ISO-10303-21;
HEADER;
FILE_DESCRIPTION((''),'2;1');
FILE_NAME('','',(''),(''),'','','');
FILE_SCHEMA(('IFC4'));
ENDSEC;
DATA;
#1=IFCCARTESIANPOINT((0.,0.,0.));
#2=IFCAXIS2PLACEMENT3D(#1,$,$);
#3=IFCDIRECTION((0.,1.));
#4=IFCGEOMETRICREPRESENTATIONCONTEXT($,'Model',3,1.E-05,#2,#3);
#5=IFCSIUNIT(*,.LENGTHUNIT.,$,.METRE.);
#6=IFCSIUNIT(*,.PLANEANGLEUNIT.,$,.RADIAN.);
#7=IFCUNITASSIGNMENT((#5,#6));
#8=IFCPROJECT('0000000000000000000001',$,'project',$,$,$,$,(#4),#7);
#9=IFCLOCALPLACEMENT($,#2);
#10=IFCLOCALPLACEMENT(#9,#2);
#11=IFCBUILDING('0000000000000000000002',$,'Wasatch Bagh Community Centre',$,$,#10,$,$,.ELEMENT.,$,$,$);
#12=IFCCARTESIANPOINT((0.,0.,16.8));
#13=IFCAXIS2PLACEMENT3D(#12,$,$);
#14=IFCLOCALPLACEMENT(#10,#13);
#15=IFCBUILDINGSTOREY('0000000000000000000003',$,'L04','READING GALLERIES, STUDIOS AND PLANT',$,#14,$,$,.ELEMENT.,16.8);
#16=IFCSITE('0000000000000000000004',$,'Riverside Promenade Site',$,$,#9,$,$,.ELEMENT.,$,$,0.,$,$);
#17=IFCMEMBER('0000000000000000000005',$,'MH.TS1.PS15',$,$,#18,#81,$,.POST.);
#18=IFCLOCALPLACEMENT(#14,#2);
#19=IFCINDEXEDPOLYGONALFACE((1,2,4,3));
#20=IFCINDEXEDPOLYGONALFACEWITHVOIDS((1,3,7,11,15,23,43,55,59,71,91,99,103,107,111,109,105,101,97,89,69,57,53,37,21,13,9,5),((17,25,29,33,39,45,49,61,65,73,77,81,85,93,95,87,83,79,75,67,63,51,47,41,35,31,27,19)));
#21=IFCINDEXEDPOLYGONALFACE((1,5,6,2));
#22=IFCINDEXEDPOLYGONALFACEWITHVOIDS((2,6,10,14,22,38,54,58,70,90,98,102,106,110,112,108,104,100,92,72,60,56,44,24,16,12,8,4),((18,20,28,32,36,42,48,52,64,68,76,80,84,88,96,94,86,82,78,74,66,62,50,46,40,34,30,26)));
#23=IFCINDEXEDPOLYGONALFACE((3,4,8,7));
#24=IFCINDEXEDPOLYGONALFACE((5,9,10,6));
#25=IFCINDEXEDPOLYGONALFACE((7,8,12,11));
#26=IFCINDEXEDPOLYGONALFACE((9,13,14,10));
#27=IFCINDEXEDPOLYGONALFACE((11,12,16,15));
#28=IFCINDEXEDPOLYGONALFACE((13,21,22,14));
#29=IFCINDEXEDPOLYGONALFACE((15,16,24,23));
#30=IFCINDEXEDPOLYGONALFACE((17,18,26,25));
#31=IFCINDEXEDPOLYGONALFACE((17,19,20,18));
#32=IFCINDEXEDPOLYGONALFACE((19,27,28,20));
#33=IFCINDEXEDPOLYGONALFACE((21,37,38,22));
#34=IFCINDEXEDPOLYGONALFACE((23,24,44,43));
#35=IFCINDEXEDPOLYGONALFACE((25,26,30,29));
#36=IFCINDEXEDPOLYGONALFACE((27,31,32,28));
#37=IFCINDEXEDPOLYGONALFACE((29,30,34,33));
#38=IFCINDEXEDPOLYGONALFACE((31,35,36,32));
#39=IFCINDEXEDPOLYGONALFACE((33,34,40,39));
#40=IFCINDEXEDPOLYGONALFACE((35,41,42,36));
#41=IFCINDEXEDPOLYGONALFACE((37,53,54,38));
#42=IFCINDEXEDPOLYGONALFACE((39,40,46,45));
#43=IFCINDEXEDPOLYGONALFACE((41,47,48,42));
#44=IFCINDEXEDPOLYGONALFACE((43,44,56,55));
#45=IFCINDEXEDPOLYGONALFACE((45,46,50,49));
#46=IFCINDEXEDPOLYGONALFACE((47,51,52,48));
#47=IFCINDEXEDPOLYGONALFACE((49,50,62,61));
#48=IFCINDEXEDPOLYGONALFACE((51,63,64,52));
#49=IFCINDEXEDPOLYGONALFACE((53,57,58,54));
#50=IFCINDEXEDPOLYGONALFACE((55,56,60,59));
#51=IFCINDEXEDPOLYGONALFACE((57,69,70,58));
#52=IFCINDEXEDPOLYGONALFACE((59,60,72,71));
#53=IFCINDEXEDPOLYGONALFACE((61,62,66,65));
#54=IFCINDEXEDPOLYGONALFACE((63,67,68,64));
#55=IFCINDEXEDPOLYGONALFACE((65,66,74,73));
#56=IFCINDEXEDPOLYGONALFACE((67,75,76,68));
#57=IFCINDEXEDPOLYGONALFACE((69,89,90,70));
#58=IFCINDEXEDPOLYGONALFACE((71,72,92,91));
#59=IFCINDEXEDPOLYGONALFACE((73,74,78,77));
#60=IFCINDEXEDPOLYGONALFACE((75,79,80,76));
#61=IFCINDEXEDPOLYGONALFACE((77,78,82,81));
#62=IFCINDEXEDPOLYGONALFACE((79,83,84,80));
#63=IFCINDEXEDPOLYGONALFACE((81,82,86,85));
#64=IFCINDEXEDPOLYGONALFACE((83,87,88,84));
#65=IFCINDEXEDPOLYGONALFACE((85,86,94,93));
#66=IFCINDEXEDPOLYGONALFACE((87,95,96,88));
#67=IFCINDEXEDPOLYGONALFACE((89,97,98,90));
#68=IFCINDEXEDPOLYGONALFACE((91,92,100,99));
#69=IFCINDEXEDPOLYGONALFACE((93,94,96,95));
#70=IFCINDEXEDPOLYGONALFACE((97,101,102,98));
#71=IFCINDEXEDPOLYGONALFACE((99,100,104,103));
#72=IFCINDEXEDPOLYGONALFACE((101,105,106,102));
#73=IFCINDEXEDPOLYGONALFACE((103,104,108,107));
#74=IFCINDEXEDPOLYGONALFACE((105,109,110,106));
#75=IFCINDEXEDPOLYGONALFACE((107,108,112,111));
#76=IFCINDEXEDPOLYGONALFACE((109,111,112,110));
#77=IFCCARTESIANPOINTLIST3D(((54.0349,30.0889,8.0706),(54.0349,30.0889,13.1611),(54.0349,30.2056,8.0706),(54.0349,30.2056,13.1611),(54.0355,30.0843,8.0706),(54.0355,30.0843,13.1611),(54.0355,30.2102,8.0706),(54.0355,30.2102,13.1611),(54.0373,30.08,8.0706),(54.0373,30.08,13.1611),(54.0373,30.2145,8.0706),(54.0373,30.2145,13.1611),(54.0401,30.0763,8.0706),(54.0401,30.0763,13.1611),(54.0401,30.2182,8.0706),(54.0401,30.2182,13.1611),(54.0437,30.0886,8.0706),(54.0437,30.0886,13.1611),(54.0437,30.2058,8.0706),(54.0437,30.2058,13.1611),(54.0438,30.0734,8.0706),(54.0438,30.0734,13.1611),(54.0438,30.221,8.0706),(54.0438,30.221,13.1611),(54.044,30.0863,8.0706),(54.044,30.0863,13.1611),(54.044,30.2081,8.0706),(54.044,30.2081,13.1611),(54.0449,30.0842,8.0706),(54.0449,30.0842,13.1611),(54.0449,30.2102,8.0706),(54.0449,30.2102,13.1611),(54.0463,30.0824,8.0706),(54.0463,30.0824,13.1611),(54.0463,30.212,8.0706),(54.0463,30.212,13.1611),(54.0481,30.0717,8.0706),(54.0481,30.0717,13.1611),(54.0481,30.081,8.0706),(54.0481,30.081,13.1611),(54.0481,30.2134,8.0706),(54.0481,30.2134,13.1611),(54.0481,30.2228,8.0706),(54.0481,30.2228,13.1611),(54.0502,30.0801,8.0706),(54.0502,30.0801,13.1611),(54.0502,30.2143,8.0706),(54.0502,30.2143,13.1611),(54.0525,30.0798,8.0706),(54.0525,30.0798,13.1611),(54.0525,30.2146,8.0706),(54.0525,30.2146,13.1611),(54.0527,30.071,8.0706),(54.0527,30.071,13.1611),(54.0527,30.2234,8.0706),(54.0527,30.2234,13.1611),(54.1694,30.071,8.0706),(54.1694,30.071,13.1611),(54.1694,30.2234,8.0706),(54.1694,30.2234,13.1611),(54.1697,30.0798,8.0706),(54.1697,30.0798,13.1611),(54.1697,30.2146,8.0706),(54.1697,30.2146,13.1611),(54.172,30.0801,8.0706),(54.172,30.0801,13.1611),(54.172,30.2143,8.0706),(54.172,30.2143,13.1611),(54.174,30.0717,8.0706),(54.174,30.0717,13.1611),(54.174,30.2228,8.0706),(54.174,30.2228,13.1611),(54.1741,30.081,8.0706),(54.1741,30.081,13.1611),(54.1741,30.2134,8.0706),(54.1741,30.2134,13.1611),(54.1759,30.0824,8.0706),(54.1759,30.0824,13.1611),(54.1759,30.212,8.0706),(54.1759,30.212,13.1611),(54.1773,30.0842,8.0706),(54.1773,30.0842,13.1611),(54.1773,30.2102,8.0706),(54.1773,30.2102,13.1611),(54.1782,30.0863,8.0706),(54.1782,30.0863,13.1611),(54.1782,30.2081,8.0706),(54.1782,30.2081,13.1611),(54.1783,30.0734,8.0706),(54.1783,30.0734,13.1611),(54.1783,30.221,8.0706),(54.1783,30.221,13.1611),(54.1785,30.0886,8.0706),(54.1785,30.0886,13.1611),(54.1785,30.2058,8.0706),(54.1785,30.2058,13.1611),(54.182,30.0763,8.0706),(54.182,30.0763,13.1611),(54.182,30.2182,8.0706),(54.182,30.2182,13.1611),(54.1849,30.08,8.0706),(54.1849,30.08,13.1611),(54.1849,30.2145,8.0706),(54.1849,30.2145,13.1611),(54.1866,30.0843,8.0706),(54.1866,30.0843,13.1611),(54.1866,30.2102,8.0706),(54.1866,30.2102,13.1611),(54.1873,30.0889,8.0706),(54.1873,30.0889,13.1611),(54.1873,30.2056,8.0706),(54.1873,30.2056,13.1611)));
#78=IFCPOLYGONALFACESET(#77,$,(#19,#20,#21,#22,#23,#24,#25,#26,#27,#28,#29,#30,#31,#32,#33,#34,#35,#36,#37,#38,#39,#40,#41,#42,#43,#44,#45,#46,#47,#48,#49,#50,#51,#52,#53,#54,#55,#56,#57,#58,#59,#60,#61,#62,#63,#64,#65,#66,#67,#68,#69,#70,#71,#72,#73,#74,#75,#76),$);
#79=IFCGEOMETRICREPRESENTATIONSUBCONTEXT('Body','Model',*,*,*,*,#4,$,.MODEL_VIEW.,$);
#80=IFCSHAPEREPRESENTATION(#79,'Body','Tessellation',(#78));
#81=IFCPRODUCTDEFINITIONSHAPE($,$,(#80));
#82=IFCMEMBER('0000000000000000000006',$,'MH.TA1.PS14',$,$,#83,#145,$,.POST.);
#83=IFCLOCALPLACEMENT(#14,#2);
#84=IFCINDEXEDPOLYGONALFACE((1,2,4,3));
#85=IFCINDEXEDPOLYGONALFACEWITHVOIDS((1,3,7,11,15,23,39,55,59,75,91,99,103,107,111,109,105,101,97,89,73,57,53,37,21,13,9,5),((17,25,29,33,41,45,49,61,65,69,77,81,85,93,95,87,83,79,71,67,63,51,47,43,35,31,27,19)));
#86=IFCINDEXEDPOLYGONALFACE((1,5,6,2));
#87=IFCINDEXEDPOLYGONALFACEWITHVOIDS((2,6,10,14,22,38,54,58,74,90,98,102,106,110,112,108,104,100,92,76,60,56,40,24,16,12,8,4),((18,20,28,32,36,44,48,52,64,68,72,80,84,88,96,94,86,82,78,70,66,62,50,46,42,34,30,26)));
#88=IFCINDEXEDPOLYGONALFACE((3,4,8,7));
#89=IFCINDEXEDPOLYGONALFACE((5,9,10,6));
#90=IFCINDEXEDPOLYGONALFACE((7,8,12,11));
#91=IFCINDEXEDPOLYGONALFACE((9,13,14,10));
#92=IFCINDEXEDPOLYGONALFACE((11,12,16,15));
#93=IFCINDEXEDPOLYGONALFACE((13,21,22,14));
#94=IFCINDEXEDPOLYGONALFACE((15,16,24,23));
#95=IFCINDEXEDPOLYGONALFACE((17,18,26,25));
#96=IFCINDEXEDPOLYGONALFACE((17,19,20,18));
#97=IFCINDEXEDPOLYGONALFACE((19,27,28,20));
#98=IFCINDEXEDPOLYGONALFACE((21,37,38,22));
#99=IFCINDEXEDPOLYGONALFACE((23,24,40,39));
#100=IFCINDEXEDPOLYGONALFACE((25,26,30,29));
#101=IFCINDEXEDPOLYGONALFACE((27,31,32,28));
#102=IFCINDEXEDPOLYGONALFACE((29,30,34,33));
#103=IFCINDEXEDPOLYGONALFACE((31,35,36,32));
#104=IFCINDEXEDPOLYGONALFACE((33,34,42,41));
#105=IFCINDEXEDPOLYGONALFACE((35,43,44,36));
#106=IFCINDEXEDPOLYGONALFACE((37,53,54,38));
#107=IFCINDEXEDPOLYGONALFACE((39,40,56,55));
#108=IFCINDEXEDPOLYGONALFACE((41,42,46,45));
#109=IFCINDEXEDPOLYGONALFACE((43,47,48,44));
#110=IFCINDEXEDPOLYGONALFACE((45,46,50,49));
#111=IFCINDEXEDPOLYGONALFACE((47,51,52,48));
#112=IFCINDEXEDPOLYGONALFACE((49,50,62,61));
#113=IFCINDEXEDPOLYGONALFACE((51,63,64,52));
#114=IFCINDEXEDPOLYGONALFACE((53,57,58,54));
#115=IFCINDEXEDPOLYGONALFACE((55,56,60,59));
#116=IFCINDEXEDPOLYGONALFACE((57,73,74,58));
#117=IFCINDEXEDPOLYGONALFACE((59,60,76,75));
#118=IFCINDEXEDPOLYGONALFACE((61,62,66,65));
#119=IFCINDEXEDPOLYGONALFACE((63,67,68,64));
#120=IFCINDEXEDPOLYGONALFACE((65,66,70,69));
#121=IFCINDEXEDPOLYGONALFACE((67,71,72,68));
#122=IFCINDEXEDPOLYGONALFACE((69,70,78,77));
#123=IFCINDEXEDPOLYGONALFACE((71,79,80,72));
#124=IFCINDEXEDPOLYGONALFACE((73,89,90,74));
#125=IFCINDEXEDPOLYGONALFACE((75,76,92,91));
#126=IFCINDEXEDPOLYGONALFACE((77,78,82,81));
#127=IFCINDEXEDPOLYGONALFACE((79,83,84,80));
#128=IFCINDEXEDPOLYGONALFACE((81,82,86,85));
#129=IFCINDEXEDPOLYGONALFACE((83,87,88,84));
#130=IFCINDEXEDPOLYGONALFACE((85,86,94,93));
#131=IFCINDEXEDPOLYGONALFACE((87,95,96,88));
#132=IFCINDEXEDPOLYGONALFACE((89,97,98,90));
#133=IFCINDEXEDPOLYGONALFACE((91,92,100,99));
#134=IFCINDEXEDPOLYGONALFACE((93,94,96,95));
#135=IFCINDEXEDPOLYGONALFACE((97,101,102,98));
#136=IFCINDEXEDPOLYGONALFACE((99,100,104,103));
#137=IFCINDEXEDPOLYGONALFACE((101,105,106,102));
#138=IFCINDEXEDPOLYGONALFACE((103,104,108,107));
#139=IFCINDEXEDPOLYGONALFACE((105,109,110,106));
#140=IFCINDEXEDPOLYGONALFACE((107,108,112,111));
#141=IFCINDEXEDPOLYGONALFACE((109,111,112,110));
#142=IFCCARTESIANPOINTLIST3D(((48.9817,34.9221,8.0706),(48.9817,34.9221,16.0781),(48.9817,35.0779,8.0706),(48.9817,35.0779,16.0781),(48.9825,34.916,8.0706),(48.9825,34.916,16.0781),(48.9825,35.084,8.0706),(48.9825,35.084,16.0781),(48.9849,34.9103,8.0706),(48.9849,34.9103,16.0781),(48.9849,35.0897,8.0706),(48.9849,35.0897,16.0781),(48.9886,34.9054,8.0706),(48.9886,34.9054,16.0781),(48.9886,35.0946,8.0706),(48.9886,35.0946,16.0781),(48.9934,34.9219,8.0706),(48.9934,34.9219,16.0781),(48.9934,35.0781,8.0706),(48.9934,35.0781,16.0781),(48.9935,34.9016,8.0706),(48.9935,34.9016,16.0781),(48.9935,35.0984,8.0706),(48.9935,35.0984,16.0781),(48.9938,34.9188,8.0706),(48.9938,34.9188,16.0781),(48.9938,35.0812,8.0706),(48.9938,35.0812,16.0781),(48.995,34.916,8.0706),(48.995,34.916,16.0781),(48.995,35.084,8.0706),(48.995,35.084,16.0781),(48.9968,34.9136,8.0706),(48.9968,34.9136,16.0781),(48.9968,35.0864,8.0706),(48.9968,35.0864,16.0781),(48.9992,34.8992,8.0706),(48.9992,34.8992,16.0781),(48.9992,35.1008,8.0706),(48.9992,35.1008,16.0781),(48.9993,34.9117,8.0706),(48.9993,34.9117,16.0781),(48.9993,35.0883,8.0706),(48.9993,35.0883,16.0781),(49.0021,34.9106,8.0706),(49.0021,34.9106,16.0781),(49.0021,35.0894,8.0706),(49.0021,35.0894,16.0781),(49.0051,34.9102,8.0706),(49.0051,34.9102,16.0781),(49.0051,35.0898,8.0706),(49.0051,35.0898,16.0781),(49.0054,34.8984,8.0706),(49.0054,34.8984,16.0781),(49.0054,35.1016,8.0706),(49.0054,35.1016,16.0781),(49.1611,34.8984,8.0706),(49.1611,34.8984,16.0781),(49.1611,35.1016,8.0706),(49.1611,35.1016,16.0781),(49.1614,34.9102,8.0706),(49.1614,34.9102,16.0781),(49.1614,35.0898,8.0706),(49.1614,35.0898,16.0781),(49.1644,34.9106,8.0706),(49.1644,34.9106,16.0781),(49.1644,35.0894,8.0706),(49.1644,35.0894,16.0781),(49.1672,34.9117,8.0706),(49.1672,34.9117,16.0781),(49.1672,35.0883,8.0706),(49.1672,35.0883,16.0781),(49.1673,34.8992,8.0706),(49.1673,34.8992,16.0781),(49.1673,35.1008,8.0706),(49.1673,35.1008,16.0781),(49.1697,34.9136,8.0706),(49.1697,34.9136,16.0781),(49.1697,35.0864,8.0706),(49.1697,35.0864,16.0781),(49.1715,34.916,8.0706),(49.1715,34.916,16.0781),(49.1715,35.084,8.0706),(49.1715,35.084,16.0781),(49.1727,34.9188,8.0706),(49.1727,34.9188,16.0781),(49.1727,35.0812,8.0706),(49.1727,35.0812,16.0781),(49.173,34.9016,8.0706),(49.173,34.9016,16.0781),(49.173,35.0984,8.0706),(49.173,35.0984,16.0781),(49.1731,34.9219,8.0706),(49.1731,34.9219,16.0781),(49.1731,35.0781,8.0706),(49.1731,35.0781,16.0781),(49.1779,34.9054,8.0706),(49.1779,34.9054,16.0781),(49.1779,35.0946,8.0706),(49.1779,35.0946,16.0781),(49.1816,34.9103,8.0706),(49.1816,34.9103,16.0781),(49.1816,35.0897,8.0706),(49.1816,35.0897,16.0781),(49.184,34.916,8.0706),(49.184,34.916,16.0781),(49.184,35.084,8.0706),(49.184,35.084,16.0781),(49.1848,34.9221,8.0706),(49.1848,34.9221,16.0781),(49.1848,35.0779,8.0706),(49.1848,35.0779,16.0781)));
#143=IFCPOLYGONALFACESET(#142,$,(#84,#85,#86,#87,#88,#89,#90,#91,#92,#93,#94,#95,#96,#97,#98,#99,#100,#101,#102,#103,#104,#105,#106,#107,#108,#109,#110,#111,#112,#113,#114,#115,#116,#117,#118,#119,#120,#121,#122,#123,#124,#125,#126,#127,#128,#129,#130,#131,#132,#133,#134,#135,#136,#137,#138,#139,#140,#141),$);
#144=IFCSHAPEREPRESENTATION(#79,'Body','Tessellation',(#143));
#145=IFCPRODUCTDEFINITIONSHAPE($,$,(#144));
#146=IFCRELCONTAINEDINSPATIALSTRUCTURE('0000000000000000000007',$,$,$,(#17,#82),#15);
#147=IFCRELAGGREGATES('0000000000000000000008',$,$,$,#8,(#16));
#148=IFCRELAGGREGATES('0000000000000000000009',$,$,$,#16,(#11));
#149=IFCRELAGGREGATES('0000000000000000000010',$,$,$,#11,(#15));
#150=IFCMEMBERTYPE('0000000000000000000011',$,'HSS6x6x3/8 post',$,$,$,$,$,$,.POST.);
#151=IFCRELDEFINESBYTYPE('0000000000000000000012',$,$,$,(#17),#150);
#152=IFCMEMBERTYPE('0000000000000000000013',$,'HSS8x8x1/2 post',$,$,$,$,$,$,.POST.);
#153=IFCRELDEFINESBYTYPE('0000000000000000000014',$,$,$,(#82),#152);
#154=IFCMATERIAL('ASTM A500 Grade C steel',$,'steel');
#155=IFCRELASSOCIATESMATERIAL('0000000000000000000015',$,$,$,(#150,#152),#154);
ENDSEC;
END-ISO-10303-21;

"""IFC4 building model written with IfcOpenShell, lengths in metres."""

from ifc_helpers import new_model, si_unit, direction, frame, origin, origin_2d, place, context, subcontext, project, spatial, hollow_rectangle, extrude, material, material_profile, profile_set, type_object, element, save


model = new_model("IFC4")

# Units and contexts
model_context = context("Model", 3, precision=1e-05, world=origin(), true_north=direction((0.0, 1.0)))
body_context = subcontext(model_context, "Body", "Model", "MODEL_VIEW")
ifc_project = project(units=[si_unit("LENGTHUNIT", "METRE"), si_unit("PLANEANGLEUNIT", "RADIAN")], contexts=[model_context])

# Site, building, storey
site_placement = place(None, origin())
site = spatial("IfcSite", under=ifc_project, at=site_placement, Name="Riverside Promenade Site", CompositionType="ELEMENT", RefElevation=0.0)
building_placement = place(site_placement, origin())
building = spatial("IfcBuilding", under=site, at=building_placement, Name="Wasatch Bagh Community Centre", CompositionType="ELEMENT")
storey_placement = place(building_placement, frame((0.0, 0.0, 16.8)))
storey = spatial("IfcBuildingStorey", under=building, at=storey_placement, Name="L04", Description="READING GALLERIES, STUDIOS AND PLANT", CompositionType="ELEMENT", Elevation=16.8)

# Members
ifc_material_1 = material(Name="ASTM A500 Grade C steel", Category="steel")
ifc_material_profile_1 = material_profile(ifc_material_1, hollow_rectangle(XDim=0.1523, YDim=0.1523, WallThickness=0.0088, InnerFilletRadius=0.0088, OuterFilletRadius=0.0178, at=origin_2d()), Name="HSS6x6x3/8")
ifc_profile_set_1 = profile_set([ifc_material_profile_1], Name="ASTM A500 Grade C steel")
member_type_1 = type_object("IfcMemberType", Name="HSS6x6x3/8 post", PredefinedType="POST", material=ifc_profile_set_1)
member_1_placement = place(storey_placement, frame((54.1111, 30.1472, 8.0706), z_axis=(0.0, 0.0, 1.0), x_axis=(1.0, 0.0, 0.0)))
element("IfcMember", 1, at=member_1_placement, inside=storey, type_object=member_type_1, Name="MH.TS1.PS15", PredefinedType="POST", context=body_context, shape_type="SweptSolid", body=[
    extrude(hollow_rectangle(XDim=0.1523, YDim=0.1523, WallThickness=0.0088, InnerFilletRadius=0.0088, OuterFilletRadius=0.0178, at=origin_2d()), origin(), (0.0, 0.0, 1.0), 5.0906),
])
ifc_material_profile_2 = material_profile(ifc_material_1, hollow_rectangle(XDim=0.2031, YDim=0.2031, WallThickness=0.0117, InnerFilletRadius=0.0117, OuterFilletRadius=0.0237, at=origin_2d()), Name="HSS8x8x1/2")
ifc_profile_set_2 = profile_set([ifc_material_profile_2], Name="ASTM A500 Grade C steel")
member_type_2 = type_object("IfcMemberType", Name="HSS8x8x1/2 post", PredefinedType="POST", material=ifc_profile_set_2)
member_2_placement = place(storey_placement, frame((49.0833, 35.0, 8.0706), z_axis=(0.0, 0.0, 1.0), x_axis=(1.0, 0.0, 0.0)))
element("IfcMember", 2, at=member_2_placement, inside=storey, type_object=member_type_2, Name="MH.TA1.PS14", PredefinedType="POST", context=body_context, shape_type="SweptSolid", body=[
    extrude(hollow_rectangle(XDim=0.2031, YDim=0.2031, WallThickness=0.0117, InnerFilletRadius=0.0117, OuterFilletRadius=0.0237, at=origin_2d()), origin(), (0.0, 0.0, 1.0), 8.0076),
])

save(model, "model.ifc")
